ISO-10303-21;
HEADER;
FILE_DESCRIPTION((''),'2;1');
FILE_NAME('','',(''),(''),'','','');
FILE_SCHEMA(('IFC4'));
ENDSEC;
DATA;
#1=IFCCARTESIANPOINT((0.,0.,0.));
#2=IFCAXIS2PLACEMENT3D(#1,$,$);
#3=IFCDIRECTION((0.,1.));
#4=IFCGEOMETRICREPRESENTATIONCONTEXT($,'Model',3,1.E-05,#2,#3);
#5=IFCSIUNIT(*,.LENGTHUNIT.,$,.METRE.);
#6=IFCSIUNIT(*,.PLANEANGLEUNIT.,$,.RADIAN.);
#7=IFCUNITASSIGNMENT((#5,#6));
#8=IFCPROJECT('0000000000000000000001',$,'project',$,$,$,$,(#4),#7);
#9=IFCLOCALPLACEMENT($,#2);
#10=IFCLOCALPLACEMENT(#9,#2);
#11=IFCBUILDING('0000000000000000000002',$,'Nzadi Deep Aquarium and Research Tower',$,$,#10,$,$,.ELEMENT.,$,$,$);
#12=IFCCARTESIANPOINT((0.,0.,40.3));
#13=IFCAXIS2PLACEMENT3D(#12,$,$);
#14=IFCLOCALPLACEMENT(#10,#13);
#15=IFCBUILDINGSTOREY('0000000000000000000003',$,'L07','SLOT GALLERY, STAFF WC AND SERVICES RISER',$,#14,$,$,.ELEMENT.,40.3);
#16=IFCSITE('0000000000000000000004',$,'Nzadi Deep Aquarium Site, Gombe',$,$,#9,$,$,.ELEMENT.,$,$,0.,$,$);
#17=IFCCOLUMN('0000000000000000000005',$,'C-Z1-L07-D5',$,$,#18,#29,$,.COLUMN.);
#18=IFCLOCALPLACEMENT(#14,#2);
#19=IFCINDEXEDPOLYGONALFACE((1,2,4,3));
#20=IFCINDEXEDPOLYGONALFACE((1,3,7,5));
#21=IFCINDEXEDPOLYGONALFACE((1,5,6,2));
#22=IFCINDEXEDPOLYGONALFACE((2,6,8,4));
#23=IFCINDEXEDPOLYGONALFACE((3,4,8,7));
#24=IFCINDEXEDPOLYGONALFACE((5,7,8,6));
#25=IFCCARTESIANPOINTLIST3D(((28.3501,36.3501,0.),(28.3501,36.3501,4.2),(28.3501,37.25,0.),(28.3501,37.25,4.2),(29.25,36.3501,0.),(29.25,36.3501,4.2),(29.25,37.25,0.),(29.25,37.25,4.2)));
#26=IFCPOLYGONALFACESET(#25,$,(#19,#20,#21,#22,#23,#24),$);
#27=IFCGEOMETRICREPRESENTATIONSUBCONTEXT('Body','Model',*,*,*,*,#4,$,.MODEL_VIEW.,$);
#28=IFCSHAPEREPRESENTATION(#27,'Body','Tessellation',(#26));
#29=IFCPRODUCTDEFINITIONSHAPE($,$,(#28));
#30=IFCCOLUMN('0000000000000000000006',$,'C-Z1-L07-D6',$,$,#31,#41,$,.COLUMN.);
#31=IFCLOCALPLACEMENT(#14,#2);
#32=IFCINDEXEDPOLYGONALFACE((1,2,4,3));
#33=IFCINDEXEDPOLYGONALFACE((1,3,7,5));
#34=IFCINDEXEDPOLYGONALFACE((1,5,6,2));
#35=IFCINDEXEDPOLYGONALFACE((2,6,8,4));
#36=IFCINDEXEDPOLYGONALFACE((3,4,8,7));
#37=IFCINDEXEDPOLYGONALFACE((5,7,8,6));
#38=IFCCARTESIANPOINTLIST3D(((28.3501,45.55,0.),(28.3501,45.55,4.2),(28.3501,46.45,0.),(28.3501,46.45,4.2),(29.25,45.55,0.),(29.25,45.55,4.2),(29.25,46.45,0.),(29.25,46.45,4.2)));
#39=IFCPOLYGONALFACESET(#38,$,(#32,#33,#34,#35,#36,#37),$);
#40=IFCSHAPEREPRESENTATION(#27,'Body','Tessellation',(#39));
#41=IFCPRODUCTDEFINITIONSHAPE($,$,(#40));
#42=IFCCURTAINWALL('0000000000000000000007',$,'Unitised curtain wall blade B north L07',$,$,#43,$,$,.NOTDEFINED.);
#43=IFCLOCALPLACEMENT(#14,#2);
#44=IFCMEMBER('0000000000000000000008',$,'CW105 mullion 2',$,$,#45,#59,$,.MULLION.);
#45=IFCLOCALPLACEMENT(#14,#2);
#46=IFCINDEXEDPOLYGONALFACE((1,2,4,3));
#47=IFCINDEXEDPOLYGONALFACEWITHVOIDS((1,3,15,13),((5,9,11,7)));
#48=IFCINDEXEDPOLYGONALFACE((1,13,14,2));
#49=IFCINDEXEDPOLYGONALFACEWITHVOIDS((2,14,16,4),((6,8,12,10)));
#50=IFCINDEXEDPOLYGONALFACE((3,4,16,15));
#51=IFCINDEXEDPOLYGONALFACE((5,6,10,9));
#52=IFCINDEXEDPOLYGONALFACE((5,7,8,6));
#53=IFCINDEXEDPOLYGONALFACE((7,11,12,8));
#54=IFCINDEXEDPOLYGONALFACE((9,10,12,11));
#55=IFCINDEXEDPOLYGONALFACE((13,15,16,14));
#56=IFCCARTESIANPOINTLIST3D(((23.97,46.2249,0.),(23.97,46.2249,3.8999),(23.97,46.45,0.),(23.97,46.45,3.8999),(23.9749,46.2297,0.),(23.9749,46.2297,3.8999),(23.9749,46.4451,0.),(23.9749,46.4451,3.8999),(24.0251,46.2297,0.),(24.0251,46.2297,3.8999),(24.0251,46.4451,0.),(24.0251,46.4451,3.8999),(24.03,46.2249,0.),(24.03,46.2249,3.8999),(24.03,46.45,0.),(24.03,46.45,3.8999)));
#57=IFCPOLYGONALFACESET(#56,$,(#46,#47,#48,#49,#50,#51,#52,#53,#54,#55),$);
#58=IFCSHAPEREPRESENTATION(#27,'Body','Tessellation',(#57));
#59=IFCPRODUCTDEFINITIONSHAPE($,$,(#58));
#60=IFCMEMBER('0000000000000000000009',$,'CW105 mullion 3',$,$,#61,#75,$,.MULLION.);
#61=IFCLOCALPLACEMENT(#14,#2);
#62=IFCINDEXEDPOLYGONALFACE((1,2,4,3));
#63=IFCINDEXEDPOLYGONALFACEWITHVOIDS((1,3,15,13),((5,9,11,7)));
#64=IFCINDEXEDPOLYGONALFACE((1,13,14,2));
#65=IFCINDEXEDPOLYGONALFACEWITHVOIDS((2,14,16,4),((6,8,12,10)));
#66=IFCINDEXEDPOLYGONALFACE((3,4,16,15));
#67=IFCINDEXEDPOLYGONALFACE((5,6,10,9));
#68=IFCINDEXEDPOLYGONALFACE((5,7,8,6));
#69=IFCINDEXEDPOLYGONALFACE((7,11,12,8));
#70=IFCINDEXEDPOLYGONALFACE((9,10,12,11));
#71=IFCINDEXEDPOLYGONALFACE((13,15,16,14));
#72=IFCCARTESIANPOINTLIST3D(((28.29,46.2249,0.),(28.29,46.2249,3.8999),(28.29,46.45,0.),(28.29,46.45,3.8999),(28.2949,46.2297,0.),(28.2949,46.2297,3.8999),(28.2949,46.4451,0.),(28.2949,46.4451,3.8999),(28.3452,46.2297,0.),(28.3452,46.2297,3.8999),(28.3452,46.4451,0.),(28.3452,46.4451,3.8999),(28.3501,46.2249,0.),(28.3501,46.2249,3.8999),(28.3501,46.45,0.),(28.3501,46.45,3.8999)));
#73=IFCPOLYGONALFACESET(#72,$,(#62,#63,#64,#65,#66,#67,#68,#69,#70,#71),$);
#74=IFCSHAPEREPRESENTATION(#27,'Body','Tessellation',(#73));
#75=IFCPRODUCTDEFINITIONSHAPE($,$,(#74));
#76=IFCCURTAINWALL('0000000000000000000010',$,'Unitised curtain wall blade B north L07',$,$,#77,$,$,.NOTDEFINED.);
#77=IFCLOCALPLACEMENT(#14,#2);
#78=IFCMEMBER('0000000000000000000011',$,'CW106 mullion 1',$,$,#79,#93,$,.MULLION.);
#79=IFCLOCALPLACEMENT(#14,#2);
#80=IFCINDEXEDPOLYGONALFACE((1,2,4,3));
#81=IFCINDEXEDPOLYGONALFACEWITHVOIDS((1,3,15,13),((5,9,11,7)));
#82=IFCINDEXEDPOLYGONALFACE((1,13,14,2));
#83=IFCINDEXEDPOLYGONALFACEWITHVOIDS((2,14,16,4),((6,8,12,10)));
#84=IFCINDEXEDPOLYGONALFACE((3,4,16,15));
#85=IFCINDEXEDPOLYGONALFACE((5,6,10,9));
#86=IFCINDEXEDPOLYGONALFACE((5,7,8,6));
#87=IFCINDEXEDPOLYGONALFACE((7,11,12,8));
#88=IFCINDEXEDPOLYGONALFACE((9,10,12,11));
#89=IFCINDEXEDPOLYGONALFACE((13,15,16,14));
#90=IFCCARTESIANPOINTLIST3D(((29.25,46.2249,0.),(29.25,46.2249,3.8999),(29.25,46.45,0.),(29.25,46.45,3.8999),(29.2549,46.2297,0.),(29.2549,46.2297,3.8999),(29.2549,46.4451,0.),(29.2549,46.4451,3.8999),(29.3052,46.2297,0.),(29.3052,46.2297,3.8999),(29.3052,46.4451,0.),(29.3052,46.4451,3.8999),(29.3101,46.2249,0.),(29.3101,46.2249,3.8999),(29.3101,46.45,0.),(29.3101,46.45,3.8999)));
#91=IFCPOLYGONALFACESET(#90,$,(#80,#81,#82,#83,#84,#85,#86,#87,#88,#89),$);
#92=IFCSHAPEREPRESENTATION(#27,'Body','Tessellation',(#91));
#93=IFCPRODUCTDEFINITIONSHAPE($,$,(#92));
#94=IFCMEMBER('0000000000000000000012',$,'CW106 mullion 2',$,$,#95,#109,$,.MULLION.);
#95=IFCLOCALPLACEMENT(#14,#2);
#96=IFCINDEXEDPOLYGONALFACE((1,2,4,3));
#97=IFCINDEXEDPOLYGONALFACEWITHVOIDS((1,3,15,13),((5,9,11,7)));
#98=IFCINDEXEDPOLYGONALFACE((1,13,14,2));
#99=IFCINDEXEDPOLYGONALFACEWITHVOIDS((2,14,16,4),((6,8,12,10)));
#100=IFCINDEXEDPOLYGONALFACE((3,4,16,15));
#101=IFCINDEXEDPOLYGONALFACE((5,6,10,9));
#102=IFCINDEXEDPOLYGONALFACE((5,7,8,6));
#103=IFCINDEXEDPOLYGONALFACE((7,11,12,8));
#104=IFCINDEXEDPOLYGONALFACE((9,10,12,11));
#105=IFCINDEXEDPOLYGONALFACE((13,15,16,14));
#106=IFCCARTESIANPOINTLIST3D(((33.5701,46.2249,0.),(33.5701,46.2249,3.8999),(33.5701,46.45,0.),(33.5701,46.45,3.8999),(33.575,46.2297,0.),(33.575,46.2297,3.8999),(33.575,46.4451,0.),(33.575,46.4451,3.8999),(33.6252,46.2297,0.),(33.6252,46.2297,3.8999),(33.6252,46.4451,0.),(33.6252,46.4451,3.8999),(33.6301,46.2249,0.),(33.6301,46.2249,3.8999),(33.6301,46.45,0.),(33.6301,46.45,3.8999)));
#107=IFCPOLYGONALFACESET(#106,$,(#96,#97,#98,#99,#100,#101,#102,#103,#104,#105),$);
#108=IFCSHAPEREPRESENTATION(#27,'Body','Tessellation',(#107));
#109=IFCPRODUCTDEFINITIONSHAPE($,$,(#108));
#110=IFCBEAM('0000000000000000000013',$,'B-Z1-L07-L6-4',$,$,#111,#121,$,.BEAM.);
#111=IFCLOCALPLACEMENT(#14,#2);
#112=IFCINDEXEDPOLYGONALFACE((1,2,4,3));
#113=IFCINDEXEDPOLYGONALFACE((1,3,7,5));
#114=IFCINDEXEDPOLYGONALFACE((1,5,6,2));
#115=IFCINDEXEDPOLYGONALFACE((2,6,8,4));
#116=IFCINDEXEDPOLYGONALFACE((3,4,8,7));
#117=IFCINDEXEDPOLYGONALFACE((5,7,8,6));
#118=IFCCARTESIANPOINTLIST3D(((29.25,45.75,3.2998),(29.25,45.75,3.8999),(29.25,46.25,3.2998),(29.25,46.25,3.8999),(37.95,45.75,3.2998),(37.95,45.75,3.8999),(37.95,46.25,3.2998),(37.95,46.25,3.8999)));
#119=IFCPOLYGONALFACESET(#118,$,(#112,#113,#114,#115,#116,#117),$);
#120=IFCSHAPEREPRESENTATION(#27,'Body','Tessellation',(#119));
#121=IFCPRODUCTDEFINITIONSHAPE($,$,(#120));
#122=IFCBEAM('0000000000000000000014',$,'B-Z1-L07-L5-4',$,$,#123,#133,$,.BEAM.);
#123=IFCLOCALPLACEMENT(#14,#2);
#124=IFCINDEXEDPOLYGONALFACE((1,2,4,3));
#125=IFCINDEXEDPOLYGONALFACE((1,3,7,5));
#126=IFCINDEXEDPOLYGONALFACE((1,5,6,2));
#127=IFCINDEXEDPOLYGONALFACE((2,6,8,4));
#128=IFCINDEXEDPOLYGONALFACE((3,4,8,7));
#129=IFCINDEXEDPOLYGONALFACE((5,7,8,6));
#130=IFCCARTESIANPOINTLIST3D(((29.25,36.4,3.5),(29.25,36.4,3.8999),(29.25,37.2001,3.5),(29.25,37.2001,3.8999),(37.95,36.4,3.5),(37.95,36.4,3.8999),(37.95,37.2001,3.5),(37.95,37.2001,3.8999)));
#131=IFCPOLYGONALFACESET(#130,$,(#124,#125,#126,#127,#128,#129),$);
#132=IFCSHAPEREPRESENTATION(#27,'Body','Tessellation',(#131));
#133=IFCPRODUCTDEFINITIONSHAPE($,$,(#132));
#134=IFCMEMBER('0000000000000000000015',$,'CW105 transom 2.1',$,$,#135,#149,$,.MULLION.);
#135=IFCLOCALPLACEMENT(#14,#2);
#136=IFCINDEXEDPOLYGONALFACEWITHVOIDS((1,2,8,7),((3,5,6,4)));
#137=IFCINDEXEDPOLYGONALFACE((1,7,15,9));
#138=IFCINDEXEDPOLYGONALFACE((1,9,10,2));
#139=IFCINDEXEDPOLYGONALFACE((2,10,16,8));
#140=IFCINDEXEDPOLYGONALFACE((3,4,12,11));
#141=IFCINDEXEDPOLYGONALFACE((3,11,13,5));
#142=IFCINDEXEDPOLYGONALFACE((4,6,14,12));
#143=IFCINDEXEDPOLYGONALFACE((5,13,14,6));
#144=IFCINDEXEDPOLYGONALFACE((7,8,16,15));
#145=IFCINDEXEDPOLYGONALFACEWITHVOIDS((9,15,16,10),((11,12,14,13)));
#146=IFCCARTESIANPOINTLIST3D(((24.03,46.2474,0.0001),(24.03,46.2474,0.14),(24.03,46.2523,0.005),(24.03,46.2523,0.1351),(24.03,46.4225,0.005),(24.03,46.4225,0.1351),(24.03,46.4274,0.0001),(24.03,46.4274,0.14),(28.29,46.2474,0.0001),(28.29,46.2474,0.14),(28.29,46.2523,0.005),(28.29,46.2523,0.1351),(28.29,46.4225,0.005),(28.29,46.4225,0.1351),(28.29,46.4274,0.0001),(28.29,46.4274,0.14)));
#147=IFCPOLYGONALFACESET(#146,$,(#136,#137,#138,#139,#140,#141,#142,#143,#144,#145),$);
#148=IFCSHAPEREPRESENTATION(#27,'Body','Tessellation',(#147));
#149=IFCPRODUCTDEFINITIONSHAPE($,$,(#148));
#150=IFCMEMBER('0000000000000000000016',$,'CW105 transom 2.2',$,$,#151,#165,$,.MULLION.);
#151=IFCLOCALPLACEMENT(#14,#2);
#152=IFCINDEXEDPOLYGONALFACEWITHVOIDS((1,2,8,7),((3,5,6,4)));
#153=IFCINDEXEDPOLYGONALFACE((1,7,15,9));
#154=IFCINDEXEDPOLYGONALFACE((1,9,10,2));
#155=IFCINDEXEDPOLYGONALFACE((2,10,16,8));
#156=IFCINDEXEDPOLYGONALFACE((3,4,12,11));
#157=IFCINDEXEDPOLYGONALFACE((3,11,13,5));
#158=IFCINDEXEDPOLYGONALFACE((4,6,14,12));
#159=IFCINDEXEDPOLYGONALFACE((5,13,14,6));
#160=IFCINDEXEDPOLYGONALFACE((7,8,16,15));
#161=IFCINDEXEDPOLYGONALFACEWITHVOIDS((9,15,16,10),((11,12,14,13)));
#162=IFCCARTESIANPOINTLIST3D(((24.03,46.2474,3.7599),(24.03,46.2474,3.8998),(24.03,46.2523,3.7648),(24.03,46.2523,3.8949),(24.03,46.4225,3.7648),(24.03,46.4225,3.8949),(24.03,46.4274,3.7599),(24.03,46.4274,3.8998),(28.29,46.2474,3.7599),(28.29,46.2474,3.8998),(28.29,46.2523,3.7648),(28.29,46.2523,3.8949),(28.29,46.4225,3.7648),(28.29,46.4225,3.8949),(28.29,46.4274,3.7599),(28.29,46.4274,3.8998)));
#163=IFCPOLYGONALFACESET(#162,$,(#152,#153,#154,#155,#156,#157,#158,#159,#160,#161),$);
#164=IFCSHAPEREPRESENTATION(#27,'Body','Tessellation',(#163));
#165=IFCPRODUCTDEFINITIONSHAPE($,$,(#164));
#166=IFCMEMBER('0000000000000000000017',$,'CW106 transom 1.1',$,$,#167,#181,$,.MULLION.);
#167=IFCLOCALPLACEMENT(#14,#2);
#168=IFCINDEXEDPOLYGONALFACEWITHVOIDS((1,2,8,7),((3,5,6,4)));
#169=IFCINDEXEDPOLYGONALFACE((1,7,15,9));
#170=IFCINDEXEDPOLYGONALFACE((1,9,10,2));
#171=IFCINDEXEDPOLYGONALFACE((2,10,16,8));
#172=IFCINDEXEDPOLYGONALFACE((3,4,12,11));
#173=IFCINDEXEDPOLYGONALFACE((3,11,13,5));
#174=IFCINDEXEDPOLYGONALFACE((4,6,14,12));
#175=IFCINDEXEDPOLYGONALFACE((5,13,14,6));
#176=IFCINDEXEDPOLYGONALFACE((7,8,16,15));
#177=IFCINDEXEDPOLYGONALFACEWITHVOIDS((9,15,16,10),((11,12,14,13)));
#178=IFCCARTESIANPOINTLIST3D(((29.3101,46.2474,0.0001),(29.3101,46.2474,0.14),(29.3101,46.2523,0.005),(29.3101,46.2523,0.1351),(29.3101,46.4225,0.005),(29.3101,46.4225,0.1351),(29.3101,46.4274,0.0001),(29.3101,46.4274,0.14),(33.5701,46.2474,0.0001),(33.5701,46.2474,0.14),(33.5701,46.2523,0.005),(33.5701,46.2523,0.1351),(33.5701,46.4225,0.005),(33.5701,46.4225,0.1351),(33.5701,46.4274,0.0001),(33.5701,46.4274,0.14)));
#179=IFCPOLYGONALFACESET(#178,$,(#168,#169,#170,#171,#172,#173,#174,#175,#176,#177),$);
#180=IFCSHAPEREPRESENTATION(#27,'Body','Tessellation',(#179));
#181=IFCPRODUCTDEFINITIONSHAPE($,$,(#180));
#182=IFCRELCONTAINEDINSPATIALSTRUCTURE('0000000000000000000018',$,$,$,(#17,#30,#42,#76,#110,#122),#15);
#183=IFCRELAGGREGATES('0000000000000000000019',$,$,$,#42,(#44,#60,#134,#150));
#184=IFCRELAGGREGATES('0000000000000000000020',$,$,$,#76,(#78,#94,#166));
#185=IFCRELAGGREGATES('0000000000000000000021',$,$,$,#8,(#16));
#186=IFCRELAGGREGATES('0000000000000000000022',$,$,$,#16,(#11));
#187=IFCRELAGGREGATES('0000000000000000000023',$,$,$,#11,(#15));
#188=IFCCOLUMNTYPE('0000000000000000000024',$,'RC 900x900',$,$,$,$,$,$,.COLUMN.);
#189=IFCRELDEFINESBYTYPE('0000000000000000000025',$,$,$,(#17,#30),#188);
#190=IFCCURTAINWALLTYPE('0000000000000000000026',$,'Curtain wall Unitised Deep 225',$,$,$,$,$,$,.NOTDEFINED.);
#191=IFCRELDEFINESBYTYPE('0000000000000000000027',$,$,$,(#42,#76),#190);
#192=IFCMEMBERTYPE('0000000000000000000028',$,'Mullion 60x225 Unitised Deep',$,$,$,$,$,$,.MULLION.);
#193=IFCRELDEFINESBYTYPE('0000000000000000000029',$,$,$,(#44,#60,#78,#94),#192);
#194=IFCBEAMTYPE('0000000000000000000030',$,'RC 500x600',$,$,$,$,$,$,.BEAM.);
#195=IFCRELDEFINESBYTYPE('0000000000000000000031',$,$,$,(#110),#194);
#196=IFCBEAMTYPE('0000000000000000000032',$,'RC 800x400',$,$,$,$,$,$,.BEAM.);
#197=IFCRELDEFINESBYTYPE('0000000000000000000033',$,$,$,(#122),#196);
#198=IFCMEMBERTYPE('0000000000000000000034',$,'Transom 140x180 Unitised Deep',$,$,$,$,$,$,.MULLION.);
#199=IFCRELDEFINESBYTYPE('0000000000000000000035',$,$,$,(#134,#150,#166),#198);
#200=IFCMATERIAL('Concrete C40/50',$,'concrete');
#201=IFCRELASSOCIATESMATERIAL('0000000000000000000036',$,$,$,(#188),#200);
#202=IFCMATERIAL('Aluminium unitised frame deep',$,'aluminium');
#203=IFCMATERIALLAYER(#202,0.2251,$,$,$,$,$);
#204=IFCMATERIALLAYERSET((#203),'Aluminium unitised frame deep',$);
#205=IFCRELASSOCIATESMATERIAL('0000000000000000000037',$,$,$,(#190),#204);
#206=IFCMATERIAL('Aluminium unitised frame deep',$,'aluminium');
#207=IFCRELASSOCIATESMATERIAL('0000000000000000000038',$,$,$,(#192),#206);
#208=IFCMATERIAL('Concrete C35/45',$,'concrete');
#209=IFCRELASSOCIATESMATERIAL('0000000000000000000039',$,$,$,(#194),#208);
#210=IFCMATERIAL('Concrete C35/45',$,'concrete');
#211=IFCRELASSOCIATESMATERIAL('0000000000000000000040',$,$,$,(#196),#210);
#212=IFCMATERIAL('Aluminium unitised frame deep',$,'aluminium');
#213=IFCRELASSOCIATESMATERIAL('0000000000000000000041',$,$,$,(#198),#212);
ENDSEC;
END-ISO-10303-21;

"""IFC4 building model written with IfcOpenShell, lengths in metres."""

from ifc_helpers import new_model, si_unit, direction, frame, origin, origin_2d, place, context, subcontext, project, spatial, rectangle, hollow_rectangle, extrude, material, layer, layer_set, material_profile, profile_set, type_object, element, aggregate, save


model = new_model("IFC4")

# Units and contexts
model_context = context("Model", 3, precision=1e-05, world=origin(), true_north=direction((0.0, 1.0)))
body_context = subcontext(model_context, "Body", "Model", "MODEL_VIEW")
ifc_project = project(units=[si_unit("LENGTHUNIT", "METRE"), si_unit("PLANEANGLEUNIT", "RADIAN")], contexts=[model_context])

# Site, building, storey
site_placement = place(None, origin())
site = spatial("IfcSite", under=ifc_project, at=site_placement, Name="Nzadi Deep Aquarium Site, Gombe", CompositionType="ELEMENT", RefElevation=0.0)
building_placement = place(site_placement, origin())
building = spatial("IfcBuilding", under=site, at=building_placement, Name="Nzadi Deep Aquarium and Research Tower", CompositionType="ELEMENT")
storey_placement = place(building_placement, frame((0.0, 0.0, 40.3)))
storey = spatial("IfcBuildingStorey", under=building, at=storey_placement, Name="L07", Description="SLOT GALLERY, STAFF WC AND SERVICES RISER", CompositionType="ELEMENT", Elevation=40.3)

# Columns
ifc_material_1 = material(Name="Concrete C40/50", Category="concrete")
ifc_material_profile_1 = material_profile(ifc_material_1, rectangle(XDim=0.8999, YDim=0.8999, at=origin_2d()))
ifc_profile_set_1 = profile_set([ifc_material_profile_1], Name="Concrete C40/50")
column_type = type_object("IfcColumnType", Name="RC 900x900", PredefinedType="COLUMN", material=ifc_profile_set_1)
for number, where, z_axis, x_axis, name in (
    (1, (28.8, 36.8, 0.0), (0.0, 0.0, 1.0), (1.0, 0.0, 0.0), "C-Z1-L07-D5"),
    (2, (28.8, 46.0, 0.0), (0.0, 0.0, 1.0), (1.0, 0.0, 0.0), "C-Z1-L07-D6"),
):
    element("IfcColumn", number, at=place(storey_placement, frame(where, z_axis=z_axis, x_axis=x_axis)), inside=storey, type_object=column_type, Name=name, PredefinedType="COLUMN", context=body_context, shape_type="SweptSolid", body=[
        extrude(rectangle(XDim=0.8999, YDim=0.8999, at=origin_2d()), origin(), (0.0, 0.0, 1.0), 4.2),
    ])

# Curtain walls, members
ifc_material_2 = material(Name="Aluminium unitised frame deep", Category="aluminium")
ifc_layer_1 = layer(ifc_material_2, 0.2251)
ifc_layer_set_1 = layer_set([ifc_layer_1], Name="Aluminium unitised frame deep")
curtain_wall_type = type_object("IfcCurtainWallType", Name="Curtain wall Unitised Deep 225", PredefinedType="NOTDEFINED", material=ifc_layer_set_1)
curtain_wall_1_placement = place(storey_placement, origin())
curtain_wall_1 = element("IfcCurtainWall", 3, at=curtain_wall_1_placement, inside=storey, type_object=curtain_wall_type, Name="Unitised curtain wall blade B north L07", PredefinedType="NOTDEFINED")
ifc_material_3 = material(Name="Aluminium unitised frame deep", Category="aluminium")
ifc_material_profile_2 = material_profile(ifc_material_3, hollow_rectangle(XDim=0.2251, YDim=0.0601, WallThickness=0.0049, at=origin_2d()))
ifc_profile_set_2 = profile_set([ifc_material_profile_2], Name="Aluminium unitised frame deep")
member_type_1 = type_object("IfcMemberType", Name="Mullion 60x225 Unitised Deep", PredefinedType="MULLION", material=ifc_profile_set_2)
member_1_placement = place(storey_placement, frame((24.0, 46.3374, 0.0), z_axis=(0.0, 0.0, 1.0), x_axis=(0.0, 1.0, 0.0)))
member_1 = element("IfcMember", 4, at=member_1_placement, type_object=member_type_1, Name="CW105 mullion 2", PredefinedType="MULLION", context=body_context, shape_type="SweptSolid", body=[
    extrude(hollow_rectangle(XDim=0.2251, YDim=0.0601, WallThickness=0.0049, at=origin_2d()), origin(), (0.0, 0.0, 1.0), 3.8999),
])
member_2_placement = place(storey_placement, frame((28.3201, 46.3374, 0.0), z_axis=(0.0, 0.0, 1.0), x_axis=(0.0, 1.0, 0.0)))
member_2 = element("IfcMember", 5, at=member_2_placement, type_object=member_type_1, Name="CW105 mullion 3", PredefinedType="MULLION", context=body_context, shape_type="SweptSolid", body=[
    extrude(hollow_rectangle(XDim=0.2251, YDim=0.0601, WallThickness=0.0049, at=origin_2d()), origin(), (0.0, 0.0, 1.0), 3.8999),
])
curtain_wall_2_placement = place(storey_placement, origin())
curtain_wall_2 = element("IfcCurtainWall", 6, at=curtain_wall_2_placement, inside=storey, type_object=curtain_wall_type, Name="Unitised curtain wall blade B north L07", PredefinedType="NOTDEFINED")
member_3_placement = place(storey_placement, frame((29.28, 46.3374, 0.0), z_axis=(0.0, 0.0, 1.0), x_axis=(0.0, 1.0, 0.0)))
member_3 = element("IfcMember", 7, at=member_3_placement, type_object=member_type_1, Name="CW106 mullion 1", PredefinedType="MULLION", context=body_context, shape_type="SweptSolid", body=[
    extrude(hollow_rectangle(XDim=0.2251, YDim=0.0601, WallThickness=0.0049, at=origin_2d()), origin(), (0.0, 0.0, 1.0), 3.8999),
])
member_4_placement = place(storey_placement, frame((33.6001, 46.3374, 0.0), z_axis=(0.0, 0.0, 1.0), x_axis=(0.0, 1.0, 0.0)))
member_4 = element("IfcMember", 8, at=member_4_placement, type_object=member_type_1, Name="CW106 mullion 2", PredefinedType="MULLION", context=body_context, shape_type="SweptSolid", body=[
    extrude(hollow_rectangle(XDim=0.2251, YDim=0.0601, WallThickness=0.0049, at=origin_2d()), origin(), (0.0, 0.0, 1.0), 3.8999),
])

# Beams
ifc_material_4 = material(Name="Concrete C35/45", Category="concrete")
ifc_material_profile_3 = material_profile(ifc_material_4, rectangle(XDim=0.5, YDim=0.6001, at=origin_2d()))
ifc_profile_set_3 = profile_set([ifc_material_profile_3], Name="Concrete C35/45")
beam_type_1 = type_object("IfcBeamType", Name="RC 500x600", PredefinedType="BEAM", material=ifc_profile_set_3)
beam_1_placement = place(storey_placement, frame((29.25, 46.0, 3.5999), z_axis=(1.0, 0.0, 0.0), x_axis=(0.0, 1.0, 0.0)))
element("IfcBeam", 9, at=beam_1_placement, inside=storey, type_object=beam_type_1, Name="B-Z1-L07-L6-4", PredefinedType="BEAM", context=body_context, shape_type="SweptSolid", body=[
    extrude(rectangle(XDim=0.5, YDim=0.6001, at=origin_2d()), origin(), (0.0, 0.0, 1.0), 8.7),
])
ifc_material_5 = material(Name="Concrete C35/45", Category="concrete")
ifc_material_profile_4 = material_profile(ifc_material_5, rectangle(XDim=0.8, YDim=0.3999, at=origin_2d()))
ifc_profile_set_4 = profile_set([ifc_material_profile_4], Name="Concrete C35/45")
beam_type_2 = type_object("IfcBeamType", Name="RC 800x400", PredefinedType="BEAM", material=ifc_profile_set_4)
beam_2_placement = place(storey_placement, frame((29.25, 36.8, 3.7), z_axis=(1.0, 0.0, 0.0), x_axis=(0.0, 1.0, 0.0)))
element("IfcBeam", 10, at=beam_2_placement, inside=storey, type_object=beam_type_2, Name="B-Z1-L07-L5-4", PredefinedType="BEAM", context=body_context, shape_type="SweptSolid", body=[
    extrude(rectangle(XDim=0.8, YDim=0.3999, at=origin_2d()), origin(), (0.0, 0.0, 1.0), 8.7),
])

# Members
ifc_material_6 = material(Name="Aluminium unitised frame deep", Category="aluminium")
ifc_material_profile_5 = material_profile(ifc_material_6, hollow_rectangle(XDim=0.1799, YDim=0.1399, WallThickness=0.0049, at=origin_2d()))
ifc_profile_set_5 = profile_set([ifc_material_profile_5], Name="Aluminium unitised frame deep")
member_type_2 = type_object("IfcMemberType", Name="Transom 140x180 Unitised Deep", PredefinedType="MULLION", material=ifc_profile_set_5)
member_5_placement = place(storey_placement, frame((24.03, 46.3374, 0.0701), z_axis=(1.0, 0.0, 0.0), x_axis=(0.0, 1.0, 0.0)))
member_5 = element("IfcMember", 11, at=member_5_placement, type_object=member_type_2, Name="CW105 transom 2.1", PredefinedType="MULLION", context=body_context, shape_type="SweptSolid", body=[
    extrude(hollow_rectangle(XDim=0.1799, YDim=0.1399, WallThickness=0.0049, at=origin_2d()), origin(), (0.0, 0.0, 1.0), 4.26),
])
member_6_placement = place(storey_placement, frame((24.03, 46.3374, 3.8298), z_axis=(1.0, 0.0, 0.0), x_axis=(0.0, 1.0, 0.0)))
member_6 = element("IfcMember", 12, at=member_6_placement, type_object=member_type_2, Name="CW105 transom 2.2", PredefinedType="MULLION", context=body_context, shape_type="SweptSolid", body=[
    extrude(hollow_rectangle(XDim=0.1799, YDim=0.1399, WallThickness=0.0049, at=origin_2d()), origin(), (0.0, 0.0, 1.0), 4.26),
])
member_7_placement = place(storey_placement, frame((29.3101, 46.3374, 0.0701), z_axis=(1.0, 0.0, 0.0), x_axis=(0.0, 1.0, 0.0)))
member_7 = element("IfcMember", 13, at=member_7_placement, type_object=member_type_2, Name="CW106 transom 1.1", PredefinedType="MULLION", context=body_context, shape_type="SweptSolid", body=[
    extrude(hollow_rectangle(XDim=0.1799, YDim=0.1399, WallThickness=0.0049, at=origin_2d()), origin(), (0.0, 0.0, 1.0), 4.26),
])

aggregate(curtain_wall_1, [member_1, member_2, member_5, member_6])
aggregate(curtain_wall_2, [member_3, member_4, member_7])

save(model, "model.ifc")
